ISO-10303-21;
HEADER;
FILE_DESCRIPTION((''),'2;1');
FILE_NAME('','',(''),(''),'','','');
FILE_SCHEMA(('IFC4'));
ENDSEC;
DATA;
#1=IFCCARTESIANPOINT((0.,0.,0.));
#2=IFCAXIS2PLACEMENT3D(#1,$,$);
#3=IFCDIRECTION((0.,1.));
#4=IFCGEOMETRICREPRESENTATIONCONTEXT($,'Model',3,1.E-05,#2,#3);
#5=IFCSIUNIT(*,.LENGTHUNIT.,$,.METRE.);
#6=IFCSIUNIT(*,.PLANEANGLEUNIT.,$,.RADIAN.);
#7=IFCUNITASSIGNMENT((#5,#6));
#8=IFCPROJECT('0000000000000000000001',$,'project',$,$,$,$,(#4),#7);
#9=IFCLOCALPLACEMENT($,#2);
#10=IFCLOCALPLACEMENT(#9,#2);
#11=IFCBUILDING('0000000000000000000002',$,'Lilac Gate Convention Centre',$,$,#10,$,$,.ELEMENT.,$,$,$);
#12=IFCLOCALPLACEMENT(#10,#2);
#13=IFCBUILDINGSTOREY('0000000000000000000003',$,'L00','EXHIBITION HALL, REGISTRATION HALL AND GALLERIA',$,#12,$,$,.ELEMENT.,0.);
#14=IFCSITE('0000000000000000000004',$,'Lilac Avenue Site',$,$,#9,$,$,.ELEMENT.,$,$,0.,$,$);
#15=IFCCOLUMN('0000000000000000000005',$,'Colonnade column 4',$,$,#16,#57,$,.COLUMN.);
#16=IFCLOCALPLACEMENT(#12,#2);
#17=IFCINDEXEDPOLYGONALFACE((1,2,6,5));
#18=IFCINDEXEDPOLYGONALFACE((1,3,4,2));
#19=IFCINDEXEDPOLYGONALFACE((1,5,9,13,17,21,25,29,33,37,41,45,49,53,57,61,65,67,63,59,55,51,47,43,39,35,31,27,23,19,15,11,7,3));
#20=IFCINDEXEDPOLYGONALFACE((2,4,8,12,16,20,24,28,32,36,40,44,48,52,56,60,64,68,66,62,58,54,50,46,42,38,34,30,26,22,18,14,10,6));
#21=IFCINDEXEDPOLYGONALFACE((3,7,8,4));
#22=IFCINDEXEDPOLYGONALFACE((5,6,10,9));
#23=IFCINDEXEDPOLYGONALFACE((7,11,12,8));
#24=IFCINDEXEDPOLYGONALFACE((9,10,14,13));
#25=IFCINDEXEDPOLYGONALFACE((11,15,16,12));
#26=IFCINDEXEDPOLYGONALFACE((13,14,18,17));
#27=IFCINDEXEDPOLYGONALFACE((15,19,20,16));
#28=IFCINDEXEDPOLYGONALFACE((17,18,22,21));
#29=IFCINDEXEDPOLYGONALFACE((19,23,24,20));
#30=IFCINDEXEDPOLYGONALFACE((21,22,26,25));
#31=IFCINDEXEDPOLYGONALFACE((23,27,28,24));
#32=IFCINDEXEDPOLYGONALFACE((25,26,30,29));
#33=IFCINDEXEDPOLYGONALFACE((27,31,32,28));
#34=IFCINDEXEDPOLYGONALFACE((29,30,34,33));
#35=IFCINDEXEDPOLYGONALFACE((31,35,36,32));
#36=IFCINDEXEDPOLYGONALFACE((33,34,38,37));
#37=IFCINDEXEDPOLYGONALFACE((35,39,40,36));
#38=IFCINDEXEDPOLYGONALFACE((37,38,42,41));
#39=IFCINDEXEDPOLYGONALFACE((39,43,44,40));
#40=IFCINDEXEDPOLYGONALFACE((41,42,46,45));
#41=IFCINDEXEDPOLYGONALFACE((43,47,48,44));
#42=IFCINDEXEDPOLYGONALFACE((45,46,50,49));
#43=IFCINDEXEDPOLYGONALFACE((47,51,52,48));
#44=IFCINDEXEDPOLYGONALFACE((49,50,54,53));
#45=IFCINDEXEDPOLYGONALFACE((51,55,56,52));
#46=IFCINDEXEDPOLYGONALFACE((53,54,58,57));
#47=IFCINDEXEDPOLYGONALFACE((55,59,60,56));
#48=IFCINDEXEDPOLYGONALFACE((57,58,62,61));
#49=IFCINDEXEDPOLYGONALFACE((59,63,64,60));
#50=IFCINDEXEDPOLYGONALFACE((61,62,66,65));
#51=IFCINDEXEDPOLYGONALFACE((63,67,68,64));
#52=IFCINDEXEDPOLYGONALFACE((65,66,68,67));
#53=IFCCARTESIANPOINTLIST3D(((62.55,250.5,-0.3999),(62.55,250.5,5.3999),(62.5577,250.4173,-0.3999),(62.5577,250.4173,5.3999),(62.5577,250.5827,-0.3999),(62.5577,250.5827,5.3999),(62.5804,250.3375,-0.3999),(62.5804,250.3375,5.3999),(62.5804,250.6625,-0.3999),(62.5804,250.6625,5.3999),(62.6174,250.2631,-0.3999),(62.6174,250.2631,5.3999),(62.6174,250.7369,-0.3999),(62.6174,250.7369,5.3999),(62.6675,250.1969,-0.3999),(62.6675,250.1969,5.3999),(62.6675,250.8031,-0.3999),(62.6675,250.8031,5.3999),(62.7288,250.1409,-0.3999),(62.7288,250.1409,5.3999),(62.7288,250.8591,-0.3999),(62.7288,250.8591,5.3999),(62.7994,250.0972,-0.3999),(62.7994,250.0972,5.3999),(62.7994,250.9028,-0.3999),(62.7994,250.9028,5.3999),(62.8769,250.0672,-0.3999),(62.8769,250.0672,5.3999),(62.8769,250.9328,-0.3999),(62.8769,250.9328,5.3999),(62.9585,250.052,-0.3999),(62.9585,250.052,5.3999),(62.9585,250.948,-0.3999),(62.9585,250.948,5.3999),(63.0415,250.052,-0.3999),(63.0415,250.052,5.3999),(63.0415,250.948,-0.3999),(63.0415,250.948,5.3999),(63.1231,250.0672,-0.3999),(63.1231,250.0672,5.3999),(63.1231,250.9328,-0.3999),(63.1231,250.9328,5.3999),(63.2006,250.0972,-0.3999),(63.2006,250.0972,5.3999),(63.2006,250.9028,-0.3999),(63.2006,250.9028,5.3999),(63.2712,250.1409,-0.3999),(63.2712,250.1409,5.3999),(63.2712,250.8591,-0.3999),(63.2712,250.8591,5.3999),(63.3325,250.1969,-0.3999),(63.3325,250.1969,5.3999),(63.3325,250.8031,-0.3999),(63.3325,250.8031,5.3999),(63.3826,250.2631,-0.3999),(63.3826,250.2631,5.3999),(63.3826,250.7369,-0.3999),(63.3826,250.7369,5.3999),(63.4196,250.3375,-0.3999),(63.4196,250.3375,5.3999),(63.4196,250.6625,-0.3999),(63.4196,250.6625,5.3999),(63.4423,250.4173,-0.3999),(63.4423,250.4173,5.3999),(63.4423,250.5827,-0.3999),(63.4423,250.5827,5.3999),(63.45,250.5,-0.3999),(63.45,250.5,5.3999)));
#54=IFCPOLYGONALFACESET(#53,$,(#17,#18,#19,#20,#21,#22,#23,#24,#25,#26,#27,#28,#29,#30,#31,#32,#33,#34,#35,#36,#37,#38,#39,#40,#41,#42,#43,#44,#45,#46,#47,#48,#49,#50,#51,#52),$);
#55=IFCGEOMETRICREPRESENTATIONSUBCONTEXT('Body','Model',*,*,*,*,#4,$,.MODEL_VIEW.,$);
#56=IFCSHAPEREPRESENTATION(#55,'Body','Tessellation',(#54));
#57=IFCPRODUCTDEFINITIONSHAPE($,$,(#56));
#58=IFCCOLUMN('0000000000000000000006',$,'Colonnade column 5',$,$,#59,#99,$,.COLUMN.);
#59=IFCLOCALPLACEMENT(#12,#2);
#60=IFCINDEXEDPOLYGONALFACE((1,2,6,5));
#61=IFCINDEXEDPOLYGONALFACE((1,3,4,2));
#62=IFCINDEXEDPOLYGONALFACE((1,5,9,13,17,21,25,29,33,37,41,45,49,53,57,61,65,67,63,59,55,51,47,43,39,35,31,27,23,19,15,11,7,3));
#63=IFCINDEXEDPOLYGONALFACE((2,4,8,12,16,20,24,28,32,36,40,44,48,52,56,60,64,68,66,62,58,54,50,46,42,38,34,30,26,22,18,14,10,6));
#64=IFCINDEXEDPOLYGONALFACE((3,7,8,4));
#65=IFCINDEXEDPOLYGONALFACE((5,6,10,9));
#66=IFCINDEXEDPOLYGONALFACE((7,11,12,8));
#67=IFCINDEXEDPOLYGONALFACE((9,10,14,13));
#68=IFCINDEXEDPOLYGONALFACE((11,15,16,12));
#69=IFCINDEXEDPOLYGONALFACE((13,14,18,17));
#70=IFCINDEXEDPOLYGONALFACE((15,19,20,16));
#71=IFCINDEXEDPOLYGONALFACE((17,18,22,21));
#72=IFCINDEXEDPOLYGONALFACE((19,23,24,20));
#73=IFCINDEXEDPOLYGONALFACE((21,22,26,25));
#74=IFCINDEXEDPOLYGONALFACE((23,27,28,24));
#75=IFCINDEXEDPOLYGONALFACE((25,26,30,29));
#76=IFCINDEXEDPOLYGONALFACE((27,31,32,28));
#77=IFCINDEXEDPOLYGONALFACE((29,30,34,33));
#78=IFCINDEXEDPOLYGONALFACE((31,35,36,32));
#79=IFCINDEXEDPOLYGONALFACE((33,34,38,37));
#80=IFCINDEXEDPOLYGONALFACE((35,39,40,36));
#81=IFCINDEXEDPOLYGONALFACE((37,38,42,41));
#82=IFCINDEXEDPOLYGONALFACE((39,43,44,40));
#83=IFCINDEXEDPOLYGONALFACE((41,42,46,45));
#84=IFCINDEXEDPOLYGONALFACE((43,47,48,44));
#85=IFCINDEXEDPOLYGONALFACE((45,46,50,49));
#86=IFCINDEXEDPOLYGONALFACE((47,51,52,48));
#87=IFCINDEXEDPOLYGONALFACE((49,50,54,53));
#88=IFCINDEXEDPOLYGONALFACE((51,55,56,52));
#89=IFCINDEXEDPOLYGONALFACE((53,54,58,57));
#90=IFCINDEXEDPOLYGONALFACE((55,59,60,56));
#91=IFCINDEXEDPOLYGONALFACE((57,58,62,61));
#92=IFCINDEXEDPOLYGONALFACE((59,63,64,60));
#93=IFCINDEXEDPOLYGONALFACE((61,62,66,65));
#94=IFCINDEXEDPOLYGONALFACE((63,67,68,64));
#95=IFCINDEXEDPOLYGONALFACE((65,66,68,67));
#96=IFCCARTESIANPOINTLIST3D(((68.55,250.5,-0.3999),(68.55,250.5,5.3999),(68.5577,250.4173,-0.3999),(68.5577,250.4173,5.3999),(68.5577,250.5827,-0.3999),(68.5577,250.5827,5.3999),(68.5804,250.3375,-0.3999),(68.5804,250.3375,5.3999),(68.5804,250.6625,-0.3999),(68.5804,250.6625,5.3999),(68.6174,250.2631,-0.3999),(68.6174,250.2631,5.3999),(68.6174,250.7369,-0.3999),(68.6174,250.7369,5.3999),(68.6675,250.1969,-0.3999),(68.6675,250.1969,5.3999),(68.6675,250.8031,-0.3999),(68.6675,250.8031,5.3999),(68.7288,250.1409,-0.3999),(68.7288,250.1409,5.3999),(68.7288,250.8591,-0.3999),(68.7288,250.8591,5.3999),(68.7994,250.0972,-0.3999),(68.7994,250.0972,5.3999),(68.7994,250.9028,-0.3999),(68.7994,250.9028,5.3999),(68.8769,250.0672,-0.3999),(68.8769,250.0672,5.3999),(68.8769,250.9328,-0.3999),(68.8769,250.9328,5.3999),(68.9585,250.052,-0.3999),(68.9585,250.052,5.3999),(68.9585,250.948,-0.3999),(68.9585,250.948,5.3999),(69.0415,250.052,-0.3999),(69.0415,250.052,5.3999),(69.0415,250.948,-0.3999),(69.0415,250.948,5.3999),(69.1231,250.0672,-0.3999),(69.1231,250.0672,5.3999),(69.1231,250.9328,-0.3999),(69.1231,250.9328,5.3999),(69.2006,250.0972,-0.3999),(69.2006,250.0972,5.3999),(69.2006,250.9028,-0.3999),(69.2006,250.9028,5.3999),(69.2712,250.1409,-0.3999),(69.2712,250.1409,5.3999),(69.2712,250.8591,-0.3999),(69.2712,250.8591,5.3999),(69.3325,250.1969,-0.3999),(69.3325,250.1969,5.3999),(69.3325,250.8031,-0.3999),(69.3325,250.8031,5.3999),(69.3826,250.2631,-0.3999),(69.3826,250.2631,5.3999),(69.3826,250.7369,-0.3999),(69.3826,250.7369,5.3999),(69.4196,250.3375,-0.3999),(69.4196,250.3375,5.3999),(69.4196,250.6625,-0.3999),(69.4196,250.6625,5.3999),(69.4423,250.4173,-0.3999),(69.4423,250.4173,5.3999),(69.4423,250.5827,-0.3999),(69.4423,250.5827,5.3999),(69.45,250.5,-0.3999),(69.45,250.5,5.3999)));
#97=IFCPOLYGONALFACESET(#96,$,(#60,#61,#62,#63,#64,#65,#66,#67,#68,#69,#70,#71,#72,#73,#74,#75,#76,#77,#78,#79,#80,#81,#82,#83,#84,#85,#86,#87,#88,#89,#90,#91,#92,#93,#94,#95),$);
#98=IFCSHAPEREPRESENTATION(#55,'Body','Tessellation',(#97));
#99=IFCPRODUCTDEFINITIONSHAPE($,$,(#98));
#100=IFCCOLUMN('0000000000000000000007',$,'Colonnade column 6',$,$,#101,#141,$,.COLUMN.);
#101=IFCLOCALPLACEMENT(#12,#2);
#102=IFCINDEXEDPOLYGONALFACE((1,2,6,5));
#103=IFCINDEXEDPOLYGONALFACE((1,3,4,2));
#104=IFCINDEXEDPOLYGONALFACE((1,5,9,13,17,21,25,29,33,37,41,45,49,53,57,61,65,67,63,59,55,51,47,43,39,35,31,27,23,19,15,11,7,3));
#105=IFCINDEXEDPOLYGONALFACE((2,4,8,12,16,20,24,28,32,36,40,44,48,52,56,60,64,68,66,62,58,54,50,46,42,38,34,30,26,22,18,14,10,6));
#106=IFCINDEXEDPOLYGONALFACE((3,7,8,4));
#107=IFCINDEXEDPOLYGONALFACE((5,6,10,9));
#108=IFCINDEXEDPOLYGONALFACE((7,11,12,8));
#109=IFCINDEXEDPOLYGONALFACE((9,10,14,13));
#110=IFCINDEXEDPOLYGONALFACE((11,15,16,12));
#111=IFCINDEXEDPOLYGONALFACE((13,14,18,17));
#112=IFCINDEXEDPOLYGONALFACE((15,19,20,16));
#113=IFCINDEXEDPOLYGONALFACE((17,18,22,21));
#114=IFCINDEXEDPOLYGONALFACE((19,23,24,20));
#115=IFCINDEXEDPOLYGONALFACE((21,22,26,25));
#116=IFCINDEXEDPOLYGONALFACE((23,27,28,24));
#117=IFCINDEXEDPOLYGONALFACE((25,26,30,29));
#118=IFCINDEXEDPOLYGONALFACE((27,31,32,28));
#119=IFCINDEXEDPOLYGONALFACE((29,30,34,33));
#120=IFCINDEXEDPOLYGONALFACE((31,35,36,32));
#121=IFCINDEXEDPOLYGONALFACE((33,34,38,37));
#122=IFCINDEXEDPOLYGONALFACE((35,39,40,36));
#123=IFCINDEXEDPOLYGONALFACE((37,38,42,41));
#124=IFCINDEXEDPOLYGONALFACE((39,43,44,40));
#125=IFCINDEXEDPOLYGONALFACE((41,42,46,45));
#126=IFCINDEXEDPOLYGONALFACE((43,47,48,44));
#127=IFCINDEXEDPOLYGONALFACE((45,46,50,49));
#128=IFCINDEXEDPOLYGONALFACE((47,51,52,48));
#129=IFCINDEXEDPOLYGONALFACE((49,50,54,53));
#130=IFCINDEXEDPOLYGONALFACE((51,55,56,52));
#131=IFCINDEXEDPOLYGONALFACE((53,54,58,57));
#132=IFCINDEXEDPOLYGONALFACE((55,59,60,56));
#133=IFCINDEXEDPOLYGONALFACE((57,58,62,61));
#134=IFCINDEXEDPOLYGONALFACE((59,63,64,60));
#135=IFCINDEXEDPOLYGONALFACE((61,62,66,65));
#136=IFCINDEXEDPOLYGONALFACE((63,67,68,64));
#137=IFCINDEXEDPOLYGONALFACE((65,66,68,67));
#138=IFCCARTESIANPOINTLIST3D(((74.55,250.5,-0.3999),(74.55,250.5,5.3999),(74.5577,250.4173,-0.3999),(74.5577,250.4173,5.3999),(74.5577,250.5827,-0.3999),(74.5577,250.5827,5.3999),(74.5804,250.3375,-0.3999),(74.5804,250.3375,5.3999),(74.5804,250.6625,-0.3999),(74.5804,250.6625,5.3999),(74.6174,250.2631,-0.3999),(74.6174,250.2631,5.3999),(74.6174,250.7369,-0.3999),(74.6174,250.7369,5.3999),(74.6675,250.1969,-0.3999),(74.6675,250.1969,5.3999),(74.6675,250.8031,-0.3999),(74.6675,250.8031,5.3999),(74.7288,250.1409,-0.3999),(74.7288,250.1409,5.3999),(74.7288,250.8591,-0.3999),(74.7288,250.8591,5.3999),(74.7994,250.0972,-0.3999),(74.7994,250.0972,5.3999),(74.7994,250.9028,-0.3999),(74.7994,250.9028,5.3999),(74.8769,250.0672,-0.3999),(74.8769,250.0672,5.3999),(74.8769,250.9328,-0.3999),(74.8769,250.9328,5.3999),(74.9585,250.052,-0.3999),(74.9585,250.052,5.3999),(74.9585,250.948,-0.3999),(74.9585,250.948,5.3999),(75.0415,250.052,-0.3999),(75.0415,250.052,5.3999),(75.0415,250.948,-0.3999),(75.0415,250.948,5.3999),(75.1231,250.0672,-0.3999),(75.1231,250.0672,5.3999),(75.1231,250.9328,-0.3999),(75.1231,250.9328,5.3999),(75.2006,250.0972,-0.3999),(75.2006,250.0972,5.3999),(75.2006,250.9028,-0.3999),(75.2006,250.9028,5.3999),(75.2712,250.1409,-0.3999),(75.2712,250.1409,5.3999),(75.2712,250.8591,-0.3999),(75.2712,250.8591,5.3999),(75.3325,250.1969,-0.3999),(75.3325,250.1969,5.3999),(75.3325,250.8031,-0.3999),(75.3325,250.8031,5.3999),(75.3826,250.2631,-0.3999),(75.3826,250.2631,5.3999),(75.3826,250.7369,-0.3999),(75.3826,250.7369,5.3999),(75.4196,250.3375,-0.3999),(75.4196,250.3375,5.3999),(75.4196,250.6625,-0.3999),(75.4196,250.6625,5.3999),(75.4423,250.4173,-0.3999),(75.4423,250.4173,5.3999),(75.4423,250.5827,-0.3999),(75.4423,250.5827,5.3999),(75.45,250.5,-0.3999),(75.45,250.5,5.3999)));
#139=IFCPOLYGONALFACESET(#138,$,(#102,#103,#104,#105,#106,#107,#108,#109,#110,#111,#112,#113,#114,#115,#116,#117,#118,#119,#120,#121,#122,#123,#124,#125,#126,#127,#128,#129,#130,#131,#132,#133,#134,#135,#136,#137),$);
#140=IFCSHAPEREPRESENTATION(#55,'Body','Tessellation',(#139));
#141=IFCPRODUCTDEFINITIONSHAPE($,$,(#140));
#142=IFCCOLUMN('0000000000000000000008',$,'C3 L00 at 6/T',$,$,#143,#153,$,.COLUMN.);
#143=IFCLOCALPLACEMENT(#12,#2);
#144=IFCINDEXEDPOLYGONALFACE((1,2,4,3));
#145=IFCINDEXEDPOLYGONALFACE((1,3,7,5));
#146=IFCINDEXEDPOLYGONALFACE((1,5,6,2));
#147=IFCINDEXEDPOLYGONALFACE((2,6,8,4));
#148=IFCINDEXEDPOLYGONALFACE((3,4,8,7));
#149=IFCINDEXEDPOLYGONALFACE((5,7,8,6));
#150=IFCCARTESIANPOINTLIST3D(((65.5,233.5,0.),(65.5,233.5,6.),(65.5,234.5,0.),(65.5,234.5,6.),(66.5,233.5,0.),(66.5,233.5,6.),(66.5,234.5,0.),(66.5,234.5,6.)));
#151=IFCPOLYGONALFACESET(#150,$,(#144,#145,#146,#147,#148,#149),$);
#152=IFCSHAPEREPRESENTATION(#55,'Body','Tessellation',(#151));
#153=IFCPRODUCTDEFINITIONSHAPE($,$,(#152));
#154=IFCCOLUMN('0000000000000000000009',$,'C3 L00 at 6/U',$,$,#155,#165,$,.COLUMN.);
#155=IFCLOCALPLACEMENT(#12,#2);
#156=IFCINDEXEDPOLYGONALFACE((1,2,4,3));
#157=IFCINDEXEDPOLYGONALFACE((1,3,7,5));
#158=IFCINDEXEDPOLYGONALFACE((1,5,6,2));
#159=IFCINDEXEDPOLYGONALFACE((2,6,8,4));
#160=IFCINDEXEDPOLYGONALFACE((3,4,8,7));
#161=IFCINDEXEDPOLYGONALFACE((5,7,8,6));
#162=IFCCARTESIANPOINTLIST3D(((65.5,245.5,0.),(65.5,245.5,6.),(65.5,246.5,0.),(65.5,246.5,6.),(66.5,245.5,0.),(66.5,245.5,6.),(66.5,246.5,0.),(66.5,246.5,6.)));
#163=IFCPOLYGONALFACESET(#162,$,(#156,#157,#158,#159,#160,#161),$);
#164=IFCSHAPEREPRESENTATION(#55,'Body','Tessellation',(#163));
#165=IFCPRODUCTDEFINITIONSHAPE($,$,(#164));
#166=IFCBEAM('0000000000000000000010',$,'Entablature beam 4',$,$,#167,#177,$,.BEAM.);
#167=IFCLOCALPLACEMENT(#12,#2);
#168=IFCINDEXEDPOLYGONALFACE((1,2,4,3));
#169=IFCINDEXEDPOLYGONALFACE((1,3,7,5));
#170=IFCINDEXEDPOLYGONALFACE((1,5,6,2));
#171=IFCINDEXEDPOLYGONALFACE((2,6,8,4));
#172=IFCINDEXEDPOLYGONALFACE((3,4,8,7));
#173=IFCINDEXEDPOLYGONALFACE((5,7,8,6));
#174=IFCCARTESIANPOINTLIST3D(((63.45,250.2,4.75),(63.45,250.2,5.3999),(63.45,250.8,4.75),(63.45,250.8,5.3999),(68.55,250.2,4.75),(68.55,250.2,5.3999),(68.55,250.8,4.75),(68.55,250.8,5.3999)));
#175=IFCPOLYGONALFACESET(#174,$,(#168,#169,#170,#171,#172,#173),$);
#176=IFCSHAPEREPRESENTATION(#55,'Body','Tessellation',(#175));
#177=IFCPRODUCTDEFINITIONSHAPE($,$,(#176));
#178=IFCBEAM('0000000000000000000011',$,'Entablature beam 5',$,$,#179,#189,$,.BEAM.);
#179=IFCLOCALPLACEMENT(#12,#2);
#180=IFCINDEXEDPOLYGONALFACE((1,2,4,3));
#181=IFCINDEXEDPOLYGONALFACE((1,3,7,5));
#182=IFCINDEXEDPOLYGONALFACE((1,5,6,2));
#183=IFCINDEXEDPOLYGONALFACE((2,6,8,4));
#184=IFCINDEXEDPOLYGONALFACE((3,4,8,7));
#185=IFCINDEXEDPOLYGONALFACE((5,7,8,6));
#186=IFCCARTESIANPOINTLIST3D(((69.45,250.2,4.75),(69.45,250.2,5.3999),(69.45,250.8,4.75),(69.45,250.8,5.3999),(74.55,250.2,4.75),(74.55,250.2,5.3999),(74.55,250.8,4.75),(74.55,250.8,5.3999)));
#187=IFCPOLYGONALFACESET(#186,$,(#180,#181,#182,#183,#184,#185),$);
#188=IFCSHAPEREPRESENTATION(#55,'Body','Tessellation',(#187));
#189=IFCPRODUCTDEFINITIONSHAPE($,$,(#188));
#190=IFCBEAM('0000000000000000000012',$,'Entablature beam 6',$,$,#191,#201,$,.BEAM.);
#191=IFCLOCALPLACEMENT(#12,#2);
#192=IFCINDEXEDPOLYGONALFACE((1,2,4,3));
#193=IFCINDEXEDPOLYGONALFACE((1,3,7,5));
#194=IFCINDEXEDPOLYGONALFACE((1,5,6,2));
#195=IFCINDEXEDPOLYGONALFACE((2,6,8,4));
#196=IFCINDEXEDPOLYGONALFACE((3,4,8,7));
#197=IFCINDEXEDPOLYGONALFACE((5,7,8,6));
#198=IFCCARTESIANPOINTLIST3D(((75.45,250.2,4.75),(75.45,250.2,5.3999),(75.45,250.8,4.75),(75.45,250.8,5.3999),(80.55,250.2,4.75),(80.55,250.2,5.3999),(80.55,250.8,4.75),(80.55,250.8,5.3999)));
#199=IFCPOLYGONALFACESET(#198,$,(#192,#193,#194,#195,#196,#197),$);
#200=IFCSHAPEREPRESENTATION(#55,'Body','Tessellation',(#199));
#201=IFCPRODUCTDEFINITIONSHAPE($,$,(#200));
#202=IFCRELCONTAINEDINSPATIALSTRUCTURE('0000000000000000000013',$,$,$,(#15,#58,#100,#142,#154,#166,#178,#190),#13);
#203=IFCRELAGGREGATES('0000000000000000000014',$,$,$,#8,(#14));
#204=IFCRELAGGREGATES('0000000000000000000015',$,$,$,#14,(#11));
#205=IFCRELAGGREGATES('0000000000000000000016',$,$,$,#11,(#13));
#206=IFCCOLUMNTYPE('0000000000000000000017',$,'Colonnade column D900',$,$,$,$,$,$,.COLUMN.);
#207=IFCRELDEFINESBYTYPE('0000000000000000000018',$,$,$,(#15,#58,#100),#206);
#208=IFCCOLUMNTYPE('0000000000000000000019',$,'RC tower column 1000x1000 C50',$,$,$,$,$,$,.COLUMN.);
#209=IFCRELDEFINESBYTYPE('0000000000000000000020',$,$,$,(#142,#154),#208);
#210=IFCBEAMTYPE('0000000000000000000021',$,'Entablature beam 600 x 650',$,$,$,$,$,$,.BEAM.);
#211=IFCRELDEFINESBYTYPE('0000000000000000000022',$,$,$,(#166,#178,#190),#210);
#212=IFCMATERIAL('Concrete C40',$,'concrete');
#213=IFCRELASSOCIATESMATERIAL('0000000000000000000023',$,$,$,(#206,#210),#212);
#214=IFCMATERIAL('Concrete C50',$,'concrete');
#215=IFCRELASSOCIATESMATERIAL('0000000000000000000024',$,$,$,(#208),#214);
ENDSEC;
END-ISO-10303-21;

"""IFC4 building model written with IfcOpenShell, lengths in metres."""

from ifc_helpers import new_model, si_unit, direction, frame, origin, origin_2d, place, context, subcontext, project, spatial, rectangle, circle, extrude, material, material_profile, profile_set, type_object, element, save


model = new_model("IFC4")

# Units and contexts
model_context = context("Model", 3, precision=1e-05, world=origin(), true_north=direction((0.0, 1.0)))
body_context = subcontext(model_context, "Body", "Model", "MODEL_VIEW")
ifc_project = project(units=[si_unit("LENGTHUNIT", "METRE"), si_unit("PLANEANGLEUNIT", "RADIAN")], contexts=[model_context])

# Site, building, storey
site_placement = place(None, origin())
site = spatial("IfcSite", under=ifc_project, at=site_placement, Name="Lilac Avenue Site", CompositionType="ELEMENT", RefElevation=0.0)
building_placement = place(site_placement, origin())
building = spatial("IfcBuilding", under=site, at=building_placement, Name="Lilac Gate Convention Centre", CompositionType="ELEMENT")
storey_placement = place(building_placement, origin())
storey = spatial("IfcBuildingStorey", under=building, at=storey_placement, Name="L00", Description="EXHIBITION HALL, REGISTRATION HALL AND GALLERIA", CompositionType="ELEMENT", Elevation=0.0)

# Columns
ifc_material_1 = material(Name="Concrete C40", Category="concrete")
ifc_material_profile_1 = material_profile(ifc_material_1, circle(Radius=0.45, at=origin_2d()), Name="Colonnade column D900")
ifc_profile_set_1 = profile_set([ifc_material_profile_1], Name="Concrete C40")
column_type_1 = type_object("IfcColumnType", Name="Colonnade column D900", PredefinedType="COLUMN", material=ifc_profile_set_1)
for number, where, z_axis, x_axis, name in (
    (1, (63.0, 250.5, -0.3999), (0.0, 0.0, 1.0), (1.0, 0.0, 0.0), "Colonnade column 4"),
    (2, (69.0, 250.5, -0.3999), (0.0, 0.0, 1.0), (1.0, 0.0, 0.0), "Colonnade column 5"),
    (3, (75.0, 250.5, -0.3999), (0.0, 0.0, 1.0), (1.0, 0.0, 0.0), "Colonnade column 6"),
):
    element("IfcColumn", number, at=place(storey_placement, frame(where, z_axis=z_axis, x_axis=x_axis)), inside=storey, type_object=column_type_1, Name=name, PredefinedType="COLUMN", context=body_context, shape_type="SweptSolid", body=[
        extrude(circle(Radius=0.45, at=origin_2d()), origin(), (0.0, 0.0, 1.0), 5.7998),
    ])
ifc_material_2 = material(Name="Concrete C50", Category="concrete")
ifc_material_profile_2 = material_profile(ifc_material_2, rectangle(XDim=1.0, YDim=1.0, at=origin_2d()), Name="RC 1000x1000")
ifc_profile_set_2 = profile_set([ifc_material_profile_2], Name="Concrete C50")
column_type_2 = type_object("IfcColumnType", Name="RC tower column 1000x1000 C50", PredefinedType="COLUMN", material=ifc_profile_set_2)
for number, where, z_axis, x_axis, name in (
    (4, (66.0, 234.0, 0.0), (0.0, 0.0, 1.0), (1.0, 0.0, 0.0), "C3 L00 at 6/T"),
    (5, (66.0, 246.0, 0.0), (0.0, 0.0, 1.0), (1.0, 0.0, 0.0), "C3 L00 at 6/U"),
):
    element("IfcColumn", number, at=place(storey_placement, frame(where, z_axis=z_axis, x_axis=x_axis)), inside=storey, type_object=column_type_2, Name=name, PredefinedType="COLUMN", context=body_context, shape_type="SweptSolid", body=[
        extrude(rectangle(XDim=1.0, YDim=1.0, at=origin_2d()), origin(), (0.0, 0.0, 1.0), 6.0),
    ])

# Beams
ifc_material_profile_3 = material_profile(ifc_material_1, rectangle(XDim=0.6001, YDim=0.6499, at=origin_2d()), Name="Entablature beam 600 x 650")
ifc_profile_set_3 = profile_set([ifc_material_profile_3], Name="Concrete C40")
beam_type_1 = type_object("IfcBeamType", Name="Entablature beam 600 x 650", PredefinedType="BEAM", material=ifc_profile_set_3)
for number, where, z_axis, x_axis, name in (
    (6, (63.45, 250.5, 5.075), (1.0, 0.0, 0.0), (0.0, 1.0, 0.0), "Entablature beam 4"),
    (7, (69.45, 250.5, 5.075), (1.0, 0.0, 0.0), (0.0, 1.0, 0.0), "Entablature beam 5"),
    (8, (75.45, 250.5, 5.075), (1.0, 0.0, 0.0), (0.0, 1.0, 0.0), "Entablature beam 6"),
):
    element("IfcBeam", number, at=place(storey_placement, frame(where, z_axis=z_axis, x_axis=x_axis)), inside=storey, type_object=beam_type_1, Name=name, PredefinedType="BEAM", context=body_context, shape_type="SweptSolid", body=[
        extrude(rectangle(XDim=0.6001, YDim=0.6499, at=origin_2d()), origin(), (0.0, 0.0, 1.0), 5.1001),
    ])

save(model, "model.ifc")
